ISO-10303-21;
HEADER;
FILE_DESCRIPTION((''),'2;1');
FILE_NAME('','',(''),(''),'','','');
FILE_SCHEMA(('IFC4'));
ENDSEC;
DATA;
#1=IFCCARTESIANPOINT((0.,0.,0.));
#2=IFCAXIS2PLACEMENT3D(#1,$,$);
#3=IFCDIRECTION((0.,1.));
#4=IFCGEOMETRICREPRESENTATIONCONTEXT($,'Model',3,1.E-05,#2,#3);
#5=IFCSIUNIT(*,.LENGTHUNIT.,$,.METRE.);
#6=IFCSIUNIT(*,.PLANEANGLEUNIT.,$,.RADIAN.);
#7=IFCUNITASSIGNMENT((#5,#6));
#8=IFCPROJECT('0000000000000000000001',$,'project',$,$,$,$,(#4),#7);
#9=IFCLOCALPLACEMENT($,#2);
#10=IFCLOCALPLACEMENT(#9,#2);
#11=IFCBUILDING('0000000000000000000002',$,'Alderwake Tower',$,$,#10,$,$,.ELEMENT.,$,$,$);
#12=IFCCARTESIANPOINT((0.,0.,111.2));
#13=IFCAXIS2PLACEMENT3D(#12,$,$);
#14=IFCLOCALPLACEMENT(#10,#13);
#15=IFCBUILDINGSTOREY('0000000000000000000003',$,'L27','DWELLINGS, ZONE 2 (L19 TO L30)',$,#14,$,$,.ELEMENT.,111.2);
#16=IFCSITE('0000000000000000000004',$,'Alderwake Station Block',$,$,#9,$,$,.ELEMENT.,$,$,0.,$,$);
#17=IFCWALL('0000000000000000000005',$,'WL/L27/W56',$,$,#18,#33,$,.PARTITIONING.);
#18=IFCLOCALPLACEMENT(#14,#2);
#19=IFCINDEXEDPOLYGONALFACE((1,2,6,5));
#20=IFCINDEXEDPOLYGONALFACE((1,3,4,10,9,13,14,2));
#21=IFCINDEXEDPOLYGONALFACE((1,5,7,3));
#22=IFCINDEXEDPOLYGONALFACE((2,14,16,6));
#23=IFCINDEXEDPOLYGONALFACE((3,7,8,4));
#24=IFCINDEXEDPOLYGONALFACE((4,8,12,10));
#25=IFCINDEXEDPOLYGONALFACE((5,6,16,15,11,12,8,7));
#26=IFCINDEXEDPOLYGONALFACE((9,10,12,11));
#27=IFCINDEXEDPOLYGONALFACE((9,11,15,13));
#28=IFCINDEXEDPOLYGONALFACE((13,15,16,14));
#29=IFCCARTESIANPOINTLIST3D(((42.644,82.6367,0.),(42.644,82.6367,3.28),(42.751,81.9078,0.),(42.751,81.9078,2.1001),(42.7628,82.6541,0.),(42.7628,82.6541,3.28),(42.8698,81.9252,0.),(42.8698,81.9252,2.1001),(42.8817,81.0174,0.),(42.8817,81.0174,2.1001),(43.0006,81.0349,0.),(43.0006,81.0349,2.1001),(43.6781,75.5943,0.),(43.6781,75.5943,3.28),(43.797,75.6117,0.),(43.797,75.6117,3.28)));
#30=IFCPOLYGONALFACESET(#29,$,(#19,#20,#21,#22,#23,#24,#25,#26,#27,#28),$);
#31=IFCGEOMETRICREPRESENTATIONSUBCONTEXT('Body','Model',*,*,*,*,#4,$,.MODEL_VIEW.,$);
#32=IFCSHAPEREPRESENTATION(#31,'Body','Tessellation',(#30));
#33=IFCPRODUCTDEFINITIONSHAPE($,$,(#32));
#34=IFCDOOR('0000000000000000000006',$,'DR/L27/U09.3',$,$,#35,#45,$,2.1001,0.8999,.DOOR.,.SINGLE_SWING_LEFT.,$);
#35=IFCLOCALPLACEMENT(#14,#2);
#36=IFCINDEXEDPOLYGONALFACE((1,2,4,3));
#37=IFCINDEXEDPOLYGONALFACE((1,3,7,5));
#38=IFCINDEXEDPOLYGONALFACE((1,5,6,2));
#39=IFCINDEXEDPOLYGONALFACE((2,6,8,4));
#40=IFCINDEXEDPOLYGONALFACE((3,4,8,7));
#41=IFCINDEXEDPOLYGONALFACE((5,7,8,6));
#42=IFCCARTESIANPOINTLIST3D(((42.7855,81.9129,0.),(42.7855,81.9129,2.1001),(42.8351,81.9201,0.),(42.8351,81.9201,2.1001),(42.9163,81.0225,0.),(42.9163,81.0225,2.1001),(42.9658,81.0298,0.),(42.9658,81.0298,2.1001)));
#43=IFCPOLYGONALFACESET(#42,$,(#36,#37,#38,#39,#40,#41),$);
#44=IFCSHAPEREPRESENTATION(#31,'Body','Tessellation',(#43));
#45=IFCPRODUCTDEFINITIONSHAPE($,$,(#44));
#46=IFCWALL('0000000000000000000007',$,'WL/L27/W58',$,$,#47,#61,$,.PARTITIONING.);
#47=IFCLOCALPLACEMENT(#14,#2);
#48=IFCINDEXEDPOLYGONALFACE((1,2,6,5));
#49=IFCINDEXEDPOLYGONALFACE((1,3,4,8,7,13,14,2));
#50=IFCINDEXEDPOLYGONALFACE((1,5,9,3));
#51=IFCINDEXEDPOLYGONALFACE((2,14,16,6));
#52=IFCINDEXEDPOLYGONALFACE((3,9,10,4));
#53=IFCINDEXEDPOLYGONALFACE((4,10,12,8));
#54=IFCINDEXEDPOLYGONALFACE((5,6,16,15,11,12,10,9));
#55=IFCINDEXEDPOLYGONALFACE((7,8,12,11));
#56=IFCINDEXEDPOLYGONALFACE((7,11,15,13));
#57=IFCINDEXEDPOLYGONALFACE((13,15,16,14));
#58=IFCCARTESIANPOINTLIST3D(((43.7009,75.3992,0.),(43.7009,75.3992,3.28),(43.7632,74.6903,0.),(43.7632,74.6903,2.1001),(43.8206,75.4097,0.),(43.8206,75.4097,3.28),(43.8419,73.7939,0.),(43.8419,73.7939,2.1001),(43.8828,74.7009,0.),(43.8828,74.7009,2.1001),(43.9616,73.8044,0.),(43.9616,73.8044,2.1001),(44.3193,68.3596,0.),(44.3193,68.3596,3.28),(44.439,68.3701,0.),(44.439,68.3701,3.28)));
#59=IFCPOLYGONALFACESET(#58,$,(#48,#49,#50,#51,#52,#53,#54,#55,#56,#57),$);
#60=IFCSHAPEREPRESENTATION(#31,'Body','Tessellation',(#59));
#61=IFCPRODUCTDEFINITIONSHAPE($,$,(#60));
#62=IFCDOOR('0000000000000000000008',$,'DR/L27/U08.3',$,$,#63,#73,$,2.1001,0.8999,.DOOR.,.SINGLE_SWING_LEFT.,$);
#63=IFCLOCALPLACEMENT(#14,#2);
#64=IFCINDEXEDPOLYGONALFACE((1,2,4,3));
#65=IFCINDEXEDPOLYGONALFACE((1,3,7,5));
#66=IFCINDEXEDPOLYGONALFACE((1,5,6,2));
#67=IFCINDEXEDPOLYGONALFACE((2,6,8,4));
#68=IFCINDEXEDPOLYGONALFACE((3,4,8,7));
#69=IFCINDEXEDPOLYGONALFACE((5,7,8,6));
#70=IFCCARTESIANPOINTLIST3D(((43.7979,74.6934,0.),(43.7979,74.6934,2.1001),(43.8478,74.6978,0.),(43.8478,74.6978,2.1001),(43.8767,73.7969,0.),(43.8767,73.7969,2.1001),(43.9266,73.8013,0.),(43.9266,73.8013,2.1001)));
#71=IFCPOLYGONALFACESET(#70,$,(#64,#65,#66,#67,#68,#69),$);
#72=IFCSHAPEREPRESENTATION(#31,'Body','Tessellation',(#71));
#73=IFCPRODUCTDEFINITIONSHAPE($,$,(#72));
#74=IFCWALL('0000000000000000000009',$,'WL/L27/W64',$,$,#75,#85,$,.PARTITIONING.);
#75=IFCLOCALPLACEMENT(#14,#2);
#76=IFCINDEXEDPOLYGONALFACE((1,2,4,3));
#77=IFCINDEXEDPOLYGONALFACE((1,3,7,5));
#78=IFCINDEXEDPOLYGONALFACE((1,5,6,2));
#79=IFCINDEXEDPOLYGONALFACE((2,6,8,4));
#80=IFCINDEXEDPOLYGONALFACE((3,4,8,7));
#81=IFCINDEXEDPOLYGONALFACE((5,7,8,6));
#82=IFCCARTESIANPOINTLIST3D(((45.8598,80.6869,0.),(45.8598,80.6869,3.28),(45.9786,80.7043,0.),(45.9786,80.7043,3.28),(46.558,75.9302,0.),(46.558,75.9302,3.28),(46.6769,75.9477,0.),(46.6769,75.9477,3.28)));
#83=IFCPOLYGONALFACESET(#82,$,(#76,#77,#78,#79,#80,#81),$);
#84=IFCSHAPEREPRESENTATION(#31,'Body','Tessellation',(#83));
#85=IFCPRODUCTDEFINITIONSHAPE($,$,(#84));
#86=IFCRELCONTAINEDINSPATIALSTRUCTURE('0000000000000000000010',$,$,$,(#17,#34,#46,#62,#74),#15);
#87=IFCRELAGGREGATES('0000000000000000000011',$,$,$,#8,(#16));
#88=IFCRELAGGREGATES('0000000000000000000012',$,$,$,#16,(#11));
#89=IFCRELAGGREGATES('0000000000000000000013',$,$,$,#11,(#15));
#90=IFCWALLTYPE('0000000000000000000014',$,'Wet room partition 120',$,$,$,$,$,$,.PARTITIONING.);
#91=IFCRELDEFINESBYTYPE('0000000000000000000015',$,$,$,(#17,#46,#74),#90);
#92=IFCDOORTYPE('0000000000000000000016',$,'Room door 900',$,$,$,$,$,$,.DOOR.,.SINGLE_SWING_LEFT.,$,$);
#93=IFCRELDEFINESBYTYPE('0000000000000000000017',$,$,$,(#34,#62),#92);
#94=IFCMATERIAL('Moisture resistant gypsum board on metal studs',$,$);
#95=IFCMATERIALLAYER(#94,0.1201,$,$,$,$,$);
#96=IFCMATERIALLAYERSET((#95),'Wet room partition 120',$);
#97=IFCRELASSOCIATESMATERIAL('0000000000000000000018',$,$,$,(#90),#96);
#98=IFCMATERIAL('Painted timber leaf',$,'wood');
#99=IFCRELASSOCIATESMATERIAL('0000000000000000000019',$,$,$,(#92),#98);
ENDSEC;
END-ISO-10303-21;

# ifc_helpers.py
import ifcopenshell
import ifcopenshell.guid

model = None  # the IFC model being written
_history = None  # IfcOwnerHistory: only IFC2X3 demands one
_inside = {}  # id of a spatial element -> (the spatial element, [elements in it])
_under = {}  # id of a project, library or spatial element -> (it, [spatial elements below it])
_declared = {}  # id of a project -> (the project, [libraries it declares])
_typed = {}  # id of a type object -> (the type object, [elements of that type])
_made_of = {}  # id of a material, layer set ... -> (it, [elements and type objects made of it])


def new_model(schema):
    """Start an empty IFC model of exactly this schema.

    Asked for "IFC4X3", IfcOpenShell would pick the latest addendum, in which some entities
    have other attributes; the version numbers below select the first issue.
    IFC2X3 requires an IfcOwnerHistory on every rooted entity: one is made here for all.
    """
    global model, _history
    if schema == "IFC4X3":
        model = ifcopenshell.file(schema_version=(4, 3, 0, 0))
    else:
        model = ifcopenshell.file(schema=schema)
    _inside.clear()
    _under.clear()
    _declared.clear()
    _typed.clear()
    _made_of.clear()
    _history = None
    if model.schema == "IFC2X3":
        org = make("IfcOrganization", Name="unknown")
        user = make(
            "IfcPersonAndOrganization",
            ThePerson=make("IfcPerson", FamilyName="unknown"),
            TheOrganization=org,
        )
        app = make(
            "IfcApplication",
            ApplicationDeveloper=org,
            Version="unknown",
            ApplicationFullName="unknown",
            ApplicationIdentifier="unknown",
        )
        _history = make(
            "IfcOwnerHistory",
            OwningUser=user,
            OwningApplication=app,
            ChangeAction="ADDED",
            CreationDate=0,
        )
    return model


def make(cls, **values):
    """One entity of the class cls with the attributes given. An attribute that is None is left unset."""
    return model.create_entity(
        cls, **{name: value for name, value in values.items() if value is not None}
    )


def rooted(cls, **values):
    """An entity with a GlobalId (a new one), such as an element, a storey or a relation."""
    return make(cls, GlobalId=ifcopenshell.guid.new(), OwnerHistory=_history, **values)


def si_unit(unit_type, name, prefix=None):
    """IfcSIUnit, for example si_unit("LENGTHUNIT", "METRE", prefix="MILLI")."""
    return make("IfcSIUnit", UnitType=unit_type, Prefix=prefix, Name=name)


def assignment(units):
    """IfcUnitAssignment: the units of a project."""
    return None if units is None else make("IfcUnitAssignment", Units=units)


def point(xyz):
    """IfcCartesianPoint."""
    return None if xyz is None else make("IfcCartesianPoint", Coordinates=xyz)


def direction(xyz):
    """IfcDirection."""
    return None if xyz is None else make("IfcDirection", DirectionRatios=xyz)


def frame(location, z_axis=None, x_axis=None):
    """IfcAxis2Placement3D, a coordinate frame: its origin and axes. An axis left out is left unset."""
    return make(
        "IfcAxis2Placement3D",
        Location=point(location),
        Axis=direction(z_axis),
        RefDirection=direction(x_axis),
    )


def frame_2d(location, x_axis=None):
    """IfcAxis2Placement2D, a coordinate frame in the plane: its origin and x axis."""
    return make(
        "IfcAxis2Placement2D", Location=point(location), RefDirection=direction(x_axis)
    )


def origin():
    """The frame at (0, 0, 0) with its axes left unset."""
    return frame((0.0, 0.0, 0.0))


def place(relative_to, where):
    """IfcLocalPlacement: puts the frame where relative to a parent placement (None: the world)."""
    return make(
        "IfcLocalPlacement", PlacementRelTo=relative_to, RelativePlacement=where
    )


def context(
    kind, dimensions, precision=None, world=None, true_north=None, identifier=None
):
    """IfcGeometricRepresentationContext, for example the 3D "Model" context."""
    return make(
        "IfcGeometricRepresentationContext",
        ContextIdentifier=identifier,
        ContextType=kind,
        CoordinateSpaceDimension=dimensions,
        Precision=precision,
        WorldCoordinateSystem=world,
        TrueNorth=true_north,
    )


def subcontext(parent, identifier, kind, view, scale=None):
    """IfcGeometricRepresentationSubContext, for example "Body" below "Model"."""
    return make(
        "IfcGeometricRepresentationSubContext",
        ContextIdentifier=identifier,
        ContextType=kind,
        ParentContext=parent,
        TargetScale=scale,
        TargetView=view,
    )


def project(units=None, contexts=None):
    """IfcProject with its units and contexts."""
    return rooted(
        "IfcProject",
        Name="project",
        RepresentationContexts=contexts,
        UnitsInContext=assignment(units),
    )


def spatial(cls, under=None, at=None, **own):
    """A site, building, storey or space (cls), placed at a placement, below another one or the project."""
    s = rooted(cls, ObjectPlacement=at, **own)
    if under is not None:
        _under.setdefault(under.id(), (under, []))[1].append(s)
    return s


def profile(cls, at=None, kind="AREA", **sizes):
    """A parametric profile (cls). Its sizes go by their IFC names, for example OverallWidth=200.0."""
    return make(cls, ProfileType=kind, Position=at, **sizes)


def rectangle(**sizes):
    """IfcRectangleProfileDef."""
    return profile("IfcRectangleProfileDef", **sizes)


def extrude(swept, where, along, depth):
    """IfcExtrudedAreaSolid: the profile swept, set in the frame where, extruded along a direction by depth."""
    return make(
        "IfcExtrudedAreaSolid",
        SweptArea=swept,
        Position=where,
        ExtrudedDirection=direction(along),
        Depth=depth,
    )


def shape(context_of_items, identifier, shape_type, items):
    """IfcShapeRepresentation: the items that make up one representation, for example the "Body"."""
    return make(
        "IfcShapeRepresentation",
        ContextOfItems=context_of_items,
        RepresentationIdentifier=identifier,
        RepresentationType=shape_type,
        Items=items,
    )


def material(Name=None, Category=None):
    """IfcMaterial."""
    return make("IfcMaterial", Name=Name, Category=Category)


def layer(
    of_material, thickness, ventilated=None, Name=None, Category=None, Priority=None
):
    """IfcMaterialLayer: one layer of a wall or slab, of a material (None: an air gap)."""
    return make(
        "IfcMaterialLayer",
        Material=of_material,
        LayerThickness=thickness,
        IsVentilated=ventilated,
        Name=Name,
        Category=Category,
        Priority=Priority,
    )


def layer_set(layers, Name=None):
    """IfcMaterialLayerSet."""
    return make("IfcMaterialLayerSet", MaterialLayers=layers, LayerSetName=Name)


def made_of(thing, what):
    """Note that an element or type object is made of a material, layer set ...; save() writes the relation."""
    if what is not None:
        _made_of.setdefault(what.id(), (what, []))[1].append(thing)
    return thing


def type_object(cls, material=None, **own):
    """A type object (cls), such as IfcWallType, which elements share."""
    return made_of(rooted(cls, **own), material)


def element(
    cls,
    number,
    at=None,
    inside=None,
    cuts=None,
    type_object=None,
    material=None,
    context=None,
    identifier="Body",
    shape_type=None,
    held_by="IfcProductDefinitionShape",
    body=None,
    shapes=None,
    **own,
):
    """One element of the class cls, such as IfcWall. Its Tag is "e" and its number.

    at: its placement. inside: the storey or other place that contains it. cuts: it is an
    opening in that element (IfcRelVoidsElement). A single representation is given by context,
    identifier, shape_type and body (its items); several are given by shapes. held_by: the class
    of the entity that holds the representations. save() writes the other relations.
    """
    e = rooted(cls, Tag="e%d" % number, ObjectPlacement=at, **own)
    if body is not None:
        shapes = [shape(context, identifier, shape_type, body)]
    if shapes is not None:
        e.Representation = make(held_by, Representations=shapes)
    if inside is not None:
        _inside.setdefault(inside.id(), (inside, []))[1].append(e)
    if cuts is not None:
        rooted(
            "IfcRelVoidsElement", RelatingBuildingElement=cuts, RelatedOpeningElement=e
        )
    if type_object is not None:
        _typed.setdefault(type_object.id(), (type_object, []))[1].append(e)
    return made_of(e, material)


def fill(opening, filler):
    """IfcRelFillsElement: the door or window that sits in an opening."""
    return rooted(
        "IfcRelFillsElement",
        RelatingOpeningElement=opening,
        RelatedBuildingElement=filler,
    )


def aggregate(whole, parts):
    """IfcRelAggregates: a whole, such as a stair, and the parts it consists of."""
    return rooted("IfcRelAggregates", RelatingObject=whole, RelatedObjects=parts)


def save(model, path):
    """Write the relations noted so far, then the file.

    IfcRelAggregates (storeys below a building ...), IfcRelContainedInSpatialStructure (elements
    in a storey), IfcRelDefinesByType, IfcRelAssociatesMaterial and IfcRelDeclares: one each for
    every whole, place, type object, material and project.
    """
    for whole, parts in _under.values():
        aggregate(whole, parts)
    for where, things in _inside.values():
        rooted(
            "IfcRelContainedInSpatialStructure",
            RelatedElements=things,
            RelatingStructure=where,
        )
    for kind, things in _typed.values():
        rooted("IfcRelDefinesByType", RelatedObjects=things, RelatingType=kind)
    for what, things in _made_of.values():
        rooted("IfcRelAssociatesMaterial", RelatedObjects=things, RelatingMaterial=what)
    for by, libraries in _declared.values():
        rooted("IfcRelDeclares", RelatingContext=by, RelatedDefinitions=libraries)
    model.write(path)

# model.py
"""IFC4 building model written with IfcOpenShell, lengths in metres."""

from ifc_helpers import new_model, si_unit, direction, frame, frame_2d, origin, place, context, subcontext, project, spatial, rectangle, extrude, material, layer, layer_set, type_object, element, fill, save


model = new_model("IFC4")

# Units and contexts
model_context = context("Model", 3, precision=1e-05, world=origin(), true_north=direction((0.0, 1.0)))
body_context = subcontext(model_context, "Body", "Model", "MODEL_VIEW")
ifc_project = project(units=[si_unit("LENGTHUNIT", "METRE"), si_unit("PLANEANGLEUNIT", "RADIAN")], contexts=[model_context])

# Site, building, storey
site_placement = place(None, origin())
site = spatial("IfcSite", under=ifc_project, at=site_placement, Name="Alderwake Station Block", CompositionType="ELEMENT", RefElevation=0.0)
building_placement = place(site_placement, origin())
building = spatial("IfcBuilding", under=site, at=building_placement, Name="Alderwake Tower", CompositionType="ELEMENT")
storey_placement = place(building_placement, frame((0.0, 0.0, 111.2)))
storey = spatial("IfcBuildingStorey", under=building, at=storey_placement, Name="L27", Description="DWELLINGS, ZONE 2 (L19 TO L30)", CompositionType="ELEMENT", Elevation=111.2)

# Walls, openings, doors
ifc_material_1 = material(Name="Moisture resistant gypsum board on metal studs")
ifc_layer_1 = layer(ifc_material_1, 0.1201)
ifc_layer_set_1 = layer_set([ifc_layer_1], Name="Wet room partition 120")
wall_type_1 = type_object("IfcWallType", Name="Wet room partition 120", PredefinedType="PARTITIONING", material=ifc_layer_set_1)
wall_1_placement = place(storey_placement, frame((42.7034, 82.6455, 0.0), z_axis=(0.0, 0.0, 1.0), x_axis=(0.145291, -0.989389, 0.0)))
wall_1 = element("IfcWall", 1, at=wall_1_placement, inside=storey, type_object=wall_type_1, Name="WL/L27/W56", PredefinedType="PARTITIONING", context=body_context, shape_type="SweptSolid", body=[
    extrude(rectangle(XDim=7.1179, YDim=0.1201, at=frame_2d((3.5591, 0.0))), origin(), (0.0, 0.0, 1.0), 3.28),
])
opening_1_placement = place(wall_1_placement, frame((0.7368, 0.0, 0.0)))
opening_1 = element("IfcOpeningElement", 2, at=opening_1_placement, cuts=wall_1, PredefinedType="OPENING", context=body_context, shape_type="SweptSolid", body=[
    extrude(rectangle(XDim=0.8999, YDim=2.1001, at=frame_2d((0.45, 1.05))), frame((0.0, 0.0701, 0.0), z_axis=(0.0, -1.0, 0.0), x_axis=(1.0, 0.0, 0.0)), (0.0, 0.0, 1.0), 0.1401),
])
ifc_material_2 = material(Name="Painted timber leaf", Category="wood")
door_type_1 = type_object("IfcDoorType", Name="Room door 900", OperationType="SINGLE_SWING_LEFT", PredefinedType="DOOR", material=ifc_material_2)
door_1_placement = place(opening_1_placement, origin())
door_1 = element("IfcDoor", 3, at=door_1_placement, inside=storey, type_object=door_type_1, Name="DR/L27/U09.3", OperationType="SINGLE_SWING_LEFT", OverallHeight=2.1001, OverallWidth=0.8999, PredefinedType="DOOR", context=body_context, shape_type="SweptSolid", body=[
    extrude(rectangle(XDim=0.8999, YDim=2.1001, at=frame_2d((0.45, 1.05))), frame((0.0, 0.0249, 0.0), z_axis=(0.0, -1.0, 0.0), x_axis=(1.0, 0.0, 0.0)), (0.0, 0.0, 1.0), 0.05),
])
fill(opening_1, door_1)
wall_2_placement = place(storey_placement, frame((43.7607, 75.4043, 0.0), z_axis=(0.0, 0.0, 1.0), x_axis=(0.087511, -0.996164, 0.0)))
wall_2 = element("IfcWall", 4, at=wall_2_placement, inside=storey, type_object=wall_type_1, Name="WL/L27/W58", PredefinedType="PARTITIONING", context=body_context, shape_type="SweptSolid", body=[
    extrude(rectangle(XDim=7.0667, YDim=0.1201, at=frame_2d((3.5332, 0.0))), origin(), (0.0, 0.0, 1.0), 3.28),
])
opening_2_placement = place(wall_2_placement, frame((0.7114, 0.0, 0.0)))
opening_2 = element("IfcOpeningElement", 5, at=opening_2_placement, cuts=wall_2, PredefinedType="OPENING", context=body_context, shape_type="SweptSolid", body=[
    extrude(rectangle(XDim=0.8999, YDim=2.1001, at=frame_2d((0.45, 1.05))), frame((0.0, 0.0701, 0.0), z_axis=(0.0, -1.0, 0.0), x_axis=(1.0, 0.0, 0.0)), (0.0, 0.0, 1.0), 0.1401),
])
door_2_placement = place(opening_2_placement, origin())
door_2 = element("IfcDoor", 6, at=door_2_placement, inside=storey, type_object=door_type_1, Name="DR/L27/U08.3", OperationType="SINGLE_SWING_LEFT", OverallHeight=2.1001, OverallWidth=0.8999, PredefinedType="DOOR", context=body_context, shape_type="SweptSolid", body=[
    extrude(rectangle(XDim=0.8999, YDim=2.1001, at=frame_2d((0.45, 1.05))), frame((0.0, 0.0249, 0.0), z_axis=(0.0, -1.0, 0.0), x_axis=(1.0, 0.0, 0.0)), (0.0, 0.0, 1.0), 0.05),
])
fill(opening_2, door_2)

# Wall
wall_3_placement = place(storey_placement, frame((46.6174, 75.939, 0.0), z_axis=(0.0, 0.0, 1.0), x_axis=(-0.145238, 0.989397, 0.0)))
element("IfcWall", 7, at=wall_3_placement, inside=storey, type_object=wall_type_1, Name="WL/L27/W64", PredefinedType="PARTITIONING", context=body_context, shape_type="SweptSolid", body=[
    extrude(rectangle(XDim=4.8076, YDim=0.1201, at=frame_2d((2.4038, 0.0))), origin(), (0.0, 0.0, 1.0), 3.28),
])

save(model, "model.ifc")
